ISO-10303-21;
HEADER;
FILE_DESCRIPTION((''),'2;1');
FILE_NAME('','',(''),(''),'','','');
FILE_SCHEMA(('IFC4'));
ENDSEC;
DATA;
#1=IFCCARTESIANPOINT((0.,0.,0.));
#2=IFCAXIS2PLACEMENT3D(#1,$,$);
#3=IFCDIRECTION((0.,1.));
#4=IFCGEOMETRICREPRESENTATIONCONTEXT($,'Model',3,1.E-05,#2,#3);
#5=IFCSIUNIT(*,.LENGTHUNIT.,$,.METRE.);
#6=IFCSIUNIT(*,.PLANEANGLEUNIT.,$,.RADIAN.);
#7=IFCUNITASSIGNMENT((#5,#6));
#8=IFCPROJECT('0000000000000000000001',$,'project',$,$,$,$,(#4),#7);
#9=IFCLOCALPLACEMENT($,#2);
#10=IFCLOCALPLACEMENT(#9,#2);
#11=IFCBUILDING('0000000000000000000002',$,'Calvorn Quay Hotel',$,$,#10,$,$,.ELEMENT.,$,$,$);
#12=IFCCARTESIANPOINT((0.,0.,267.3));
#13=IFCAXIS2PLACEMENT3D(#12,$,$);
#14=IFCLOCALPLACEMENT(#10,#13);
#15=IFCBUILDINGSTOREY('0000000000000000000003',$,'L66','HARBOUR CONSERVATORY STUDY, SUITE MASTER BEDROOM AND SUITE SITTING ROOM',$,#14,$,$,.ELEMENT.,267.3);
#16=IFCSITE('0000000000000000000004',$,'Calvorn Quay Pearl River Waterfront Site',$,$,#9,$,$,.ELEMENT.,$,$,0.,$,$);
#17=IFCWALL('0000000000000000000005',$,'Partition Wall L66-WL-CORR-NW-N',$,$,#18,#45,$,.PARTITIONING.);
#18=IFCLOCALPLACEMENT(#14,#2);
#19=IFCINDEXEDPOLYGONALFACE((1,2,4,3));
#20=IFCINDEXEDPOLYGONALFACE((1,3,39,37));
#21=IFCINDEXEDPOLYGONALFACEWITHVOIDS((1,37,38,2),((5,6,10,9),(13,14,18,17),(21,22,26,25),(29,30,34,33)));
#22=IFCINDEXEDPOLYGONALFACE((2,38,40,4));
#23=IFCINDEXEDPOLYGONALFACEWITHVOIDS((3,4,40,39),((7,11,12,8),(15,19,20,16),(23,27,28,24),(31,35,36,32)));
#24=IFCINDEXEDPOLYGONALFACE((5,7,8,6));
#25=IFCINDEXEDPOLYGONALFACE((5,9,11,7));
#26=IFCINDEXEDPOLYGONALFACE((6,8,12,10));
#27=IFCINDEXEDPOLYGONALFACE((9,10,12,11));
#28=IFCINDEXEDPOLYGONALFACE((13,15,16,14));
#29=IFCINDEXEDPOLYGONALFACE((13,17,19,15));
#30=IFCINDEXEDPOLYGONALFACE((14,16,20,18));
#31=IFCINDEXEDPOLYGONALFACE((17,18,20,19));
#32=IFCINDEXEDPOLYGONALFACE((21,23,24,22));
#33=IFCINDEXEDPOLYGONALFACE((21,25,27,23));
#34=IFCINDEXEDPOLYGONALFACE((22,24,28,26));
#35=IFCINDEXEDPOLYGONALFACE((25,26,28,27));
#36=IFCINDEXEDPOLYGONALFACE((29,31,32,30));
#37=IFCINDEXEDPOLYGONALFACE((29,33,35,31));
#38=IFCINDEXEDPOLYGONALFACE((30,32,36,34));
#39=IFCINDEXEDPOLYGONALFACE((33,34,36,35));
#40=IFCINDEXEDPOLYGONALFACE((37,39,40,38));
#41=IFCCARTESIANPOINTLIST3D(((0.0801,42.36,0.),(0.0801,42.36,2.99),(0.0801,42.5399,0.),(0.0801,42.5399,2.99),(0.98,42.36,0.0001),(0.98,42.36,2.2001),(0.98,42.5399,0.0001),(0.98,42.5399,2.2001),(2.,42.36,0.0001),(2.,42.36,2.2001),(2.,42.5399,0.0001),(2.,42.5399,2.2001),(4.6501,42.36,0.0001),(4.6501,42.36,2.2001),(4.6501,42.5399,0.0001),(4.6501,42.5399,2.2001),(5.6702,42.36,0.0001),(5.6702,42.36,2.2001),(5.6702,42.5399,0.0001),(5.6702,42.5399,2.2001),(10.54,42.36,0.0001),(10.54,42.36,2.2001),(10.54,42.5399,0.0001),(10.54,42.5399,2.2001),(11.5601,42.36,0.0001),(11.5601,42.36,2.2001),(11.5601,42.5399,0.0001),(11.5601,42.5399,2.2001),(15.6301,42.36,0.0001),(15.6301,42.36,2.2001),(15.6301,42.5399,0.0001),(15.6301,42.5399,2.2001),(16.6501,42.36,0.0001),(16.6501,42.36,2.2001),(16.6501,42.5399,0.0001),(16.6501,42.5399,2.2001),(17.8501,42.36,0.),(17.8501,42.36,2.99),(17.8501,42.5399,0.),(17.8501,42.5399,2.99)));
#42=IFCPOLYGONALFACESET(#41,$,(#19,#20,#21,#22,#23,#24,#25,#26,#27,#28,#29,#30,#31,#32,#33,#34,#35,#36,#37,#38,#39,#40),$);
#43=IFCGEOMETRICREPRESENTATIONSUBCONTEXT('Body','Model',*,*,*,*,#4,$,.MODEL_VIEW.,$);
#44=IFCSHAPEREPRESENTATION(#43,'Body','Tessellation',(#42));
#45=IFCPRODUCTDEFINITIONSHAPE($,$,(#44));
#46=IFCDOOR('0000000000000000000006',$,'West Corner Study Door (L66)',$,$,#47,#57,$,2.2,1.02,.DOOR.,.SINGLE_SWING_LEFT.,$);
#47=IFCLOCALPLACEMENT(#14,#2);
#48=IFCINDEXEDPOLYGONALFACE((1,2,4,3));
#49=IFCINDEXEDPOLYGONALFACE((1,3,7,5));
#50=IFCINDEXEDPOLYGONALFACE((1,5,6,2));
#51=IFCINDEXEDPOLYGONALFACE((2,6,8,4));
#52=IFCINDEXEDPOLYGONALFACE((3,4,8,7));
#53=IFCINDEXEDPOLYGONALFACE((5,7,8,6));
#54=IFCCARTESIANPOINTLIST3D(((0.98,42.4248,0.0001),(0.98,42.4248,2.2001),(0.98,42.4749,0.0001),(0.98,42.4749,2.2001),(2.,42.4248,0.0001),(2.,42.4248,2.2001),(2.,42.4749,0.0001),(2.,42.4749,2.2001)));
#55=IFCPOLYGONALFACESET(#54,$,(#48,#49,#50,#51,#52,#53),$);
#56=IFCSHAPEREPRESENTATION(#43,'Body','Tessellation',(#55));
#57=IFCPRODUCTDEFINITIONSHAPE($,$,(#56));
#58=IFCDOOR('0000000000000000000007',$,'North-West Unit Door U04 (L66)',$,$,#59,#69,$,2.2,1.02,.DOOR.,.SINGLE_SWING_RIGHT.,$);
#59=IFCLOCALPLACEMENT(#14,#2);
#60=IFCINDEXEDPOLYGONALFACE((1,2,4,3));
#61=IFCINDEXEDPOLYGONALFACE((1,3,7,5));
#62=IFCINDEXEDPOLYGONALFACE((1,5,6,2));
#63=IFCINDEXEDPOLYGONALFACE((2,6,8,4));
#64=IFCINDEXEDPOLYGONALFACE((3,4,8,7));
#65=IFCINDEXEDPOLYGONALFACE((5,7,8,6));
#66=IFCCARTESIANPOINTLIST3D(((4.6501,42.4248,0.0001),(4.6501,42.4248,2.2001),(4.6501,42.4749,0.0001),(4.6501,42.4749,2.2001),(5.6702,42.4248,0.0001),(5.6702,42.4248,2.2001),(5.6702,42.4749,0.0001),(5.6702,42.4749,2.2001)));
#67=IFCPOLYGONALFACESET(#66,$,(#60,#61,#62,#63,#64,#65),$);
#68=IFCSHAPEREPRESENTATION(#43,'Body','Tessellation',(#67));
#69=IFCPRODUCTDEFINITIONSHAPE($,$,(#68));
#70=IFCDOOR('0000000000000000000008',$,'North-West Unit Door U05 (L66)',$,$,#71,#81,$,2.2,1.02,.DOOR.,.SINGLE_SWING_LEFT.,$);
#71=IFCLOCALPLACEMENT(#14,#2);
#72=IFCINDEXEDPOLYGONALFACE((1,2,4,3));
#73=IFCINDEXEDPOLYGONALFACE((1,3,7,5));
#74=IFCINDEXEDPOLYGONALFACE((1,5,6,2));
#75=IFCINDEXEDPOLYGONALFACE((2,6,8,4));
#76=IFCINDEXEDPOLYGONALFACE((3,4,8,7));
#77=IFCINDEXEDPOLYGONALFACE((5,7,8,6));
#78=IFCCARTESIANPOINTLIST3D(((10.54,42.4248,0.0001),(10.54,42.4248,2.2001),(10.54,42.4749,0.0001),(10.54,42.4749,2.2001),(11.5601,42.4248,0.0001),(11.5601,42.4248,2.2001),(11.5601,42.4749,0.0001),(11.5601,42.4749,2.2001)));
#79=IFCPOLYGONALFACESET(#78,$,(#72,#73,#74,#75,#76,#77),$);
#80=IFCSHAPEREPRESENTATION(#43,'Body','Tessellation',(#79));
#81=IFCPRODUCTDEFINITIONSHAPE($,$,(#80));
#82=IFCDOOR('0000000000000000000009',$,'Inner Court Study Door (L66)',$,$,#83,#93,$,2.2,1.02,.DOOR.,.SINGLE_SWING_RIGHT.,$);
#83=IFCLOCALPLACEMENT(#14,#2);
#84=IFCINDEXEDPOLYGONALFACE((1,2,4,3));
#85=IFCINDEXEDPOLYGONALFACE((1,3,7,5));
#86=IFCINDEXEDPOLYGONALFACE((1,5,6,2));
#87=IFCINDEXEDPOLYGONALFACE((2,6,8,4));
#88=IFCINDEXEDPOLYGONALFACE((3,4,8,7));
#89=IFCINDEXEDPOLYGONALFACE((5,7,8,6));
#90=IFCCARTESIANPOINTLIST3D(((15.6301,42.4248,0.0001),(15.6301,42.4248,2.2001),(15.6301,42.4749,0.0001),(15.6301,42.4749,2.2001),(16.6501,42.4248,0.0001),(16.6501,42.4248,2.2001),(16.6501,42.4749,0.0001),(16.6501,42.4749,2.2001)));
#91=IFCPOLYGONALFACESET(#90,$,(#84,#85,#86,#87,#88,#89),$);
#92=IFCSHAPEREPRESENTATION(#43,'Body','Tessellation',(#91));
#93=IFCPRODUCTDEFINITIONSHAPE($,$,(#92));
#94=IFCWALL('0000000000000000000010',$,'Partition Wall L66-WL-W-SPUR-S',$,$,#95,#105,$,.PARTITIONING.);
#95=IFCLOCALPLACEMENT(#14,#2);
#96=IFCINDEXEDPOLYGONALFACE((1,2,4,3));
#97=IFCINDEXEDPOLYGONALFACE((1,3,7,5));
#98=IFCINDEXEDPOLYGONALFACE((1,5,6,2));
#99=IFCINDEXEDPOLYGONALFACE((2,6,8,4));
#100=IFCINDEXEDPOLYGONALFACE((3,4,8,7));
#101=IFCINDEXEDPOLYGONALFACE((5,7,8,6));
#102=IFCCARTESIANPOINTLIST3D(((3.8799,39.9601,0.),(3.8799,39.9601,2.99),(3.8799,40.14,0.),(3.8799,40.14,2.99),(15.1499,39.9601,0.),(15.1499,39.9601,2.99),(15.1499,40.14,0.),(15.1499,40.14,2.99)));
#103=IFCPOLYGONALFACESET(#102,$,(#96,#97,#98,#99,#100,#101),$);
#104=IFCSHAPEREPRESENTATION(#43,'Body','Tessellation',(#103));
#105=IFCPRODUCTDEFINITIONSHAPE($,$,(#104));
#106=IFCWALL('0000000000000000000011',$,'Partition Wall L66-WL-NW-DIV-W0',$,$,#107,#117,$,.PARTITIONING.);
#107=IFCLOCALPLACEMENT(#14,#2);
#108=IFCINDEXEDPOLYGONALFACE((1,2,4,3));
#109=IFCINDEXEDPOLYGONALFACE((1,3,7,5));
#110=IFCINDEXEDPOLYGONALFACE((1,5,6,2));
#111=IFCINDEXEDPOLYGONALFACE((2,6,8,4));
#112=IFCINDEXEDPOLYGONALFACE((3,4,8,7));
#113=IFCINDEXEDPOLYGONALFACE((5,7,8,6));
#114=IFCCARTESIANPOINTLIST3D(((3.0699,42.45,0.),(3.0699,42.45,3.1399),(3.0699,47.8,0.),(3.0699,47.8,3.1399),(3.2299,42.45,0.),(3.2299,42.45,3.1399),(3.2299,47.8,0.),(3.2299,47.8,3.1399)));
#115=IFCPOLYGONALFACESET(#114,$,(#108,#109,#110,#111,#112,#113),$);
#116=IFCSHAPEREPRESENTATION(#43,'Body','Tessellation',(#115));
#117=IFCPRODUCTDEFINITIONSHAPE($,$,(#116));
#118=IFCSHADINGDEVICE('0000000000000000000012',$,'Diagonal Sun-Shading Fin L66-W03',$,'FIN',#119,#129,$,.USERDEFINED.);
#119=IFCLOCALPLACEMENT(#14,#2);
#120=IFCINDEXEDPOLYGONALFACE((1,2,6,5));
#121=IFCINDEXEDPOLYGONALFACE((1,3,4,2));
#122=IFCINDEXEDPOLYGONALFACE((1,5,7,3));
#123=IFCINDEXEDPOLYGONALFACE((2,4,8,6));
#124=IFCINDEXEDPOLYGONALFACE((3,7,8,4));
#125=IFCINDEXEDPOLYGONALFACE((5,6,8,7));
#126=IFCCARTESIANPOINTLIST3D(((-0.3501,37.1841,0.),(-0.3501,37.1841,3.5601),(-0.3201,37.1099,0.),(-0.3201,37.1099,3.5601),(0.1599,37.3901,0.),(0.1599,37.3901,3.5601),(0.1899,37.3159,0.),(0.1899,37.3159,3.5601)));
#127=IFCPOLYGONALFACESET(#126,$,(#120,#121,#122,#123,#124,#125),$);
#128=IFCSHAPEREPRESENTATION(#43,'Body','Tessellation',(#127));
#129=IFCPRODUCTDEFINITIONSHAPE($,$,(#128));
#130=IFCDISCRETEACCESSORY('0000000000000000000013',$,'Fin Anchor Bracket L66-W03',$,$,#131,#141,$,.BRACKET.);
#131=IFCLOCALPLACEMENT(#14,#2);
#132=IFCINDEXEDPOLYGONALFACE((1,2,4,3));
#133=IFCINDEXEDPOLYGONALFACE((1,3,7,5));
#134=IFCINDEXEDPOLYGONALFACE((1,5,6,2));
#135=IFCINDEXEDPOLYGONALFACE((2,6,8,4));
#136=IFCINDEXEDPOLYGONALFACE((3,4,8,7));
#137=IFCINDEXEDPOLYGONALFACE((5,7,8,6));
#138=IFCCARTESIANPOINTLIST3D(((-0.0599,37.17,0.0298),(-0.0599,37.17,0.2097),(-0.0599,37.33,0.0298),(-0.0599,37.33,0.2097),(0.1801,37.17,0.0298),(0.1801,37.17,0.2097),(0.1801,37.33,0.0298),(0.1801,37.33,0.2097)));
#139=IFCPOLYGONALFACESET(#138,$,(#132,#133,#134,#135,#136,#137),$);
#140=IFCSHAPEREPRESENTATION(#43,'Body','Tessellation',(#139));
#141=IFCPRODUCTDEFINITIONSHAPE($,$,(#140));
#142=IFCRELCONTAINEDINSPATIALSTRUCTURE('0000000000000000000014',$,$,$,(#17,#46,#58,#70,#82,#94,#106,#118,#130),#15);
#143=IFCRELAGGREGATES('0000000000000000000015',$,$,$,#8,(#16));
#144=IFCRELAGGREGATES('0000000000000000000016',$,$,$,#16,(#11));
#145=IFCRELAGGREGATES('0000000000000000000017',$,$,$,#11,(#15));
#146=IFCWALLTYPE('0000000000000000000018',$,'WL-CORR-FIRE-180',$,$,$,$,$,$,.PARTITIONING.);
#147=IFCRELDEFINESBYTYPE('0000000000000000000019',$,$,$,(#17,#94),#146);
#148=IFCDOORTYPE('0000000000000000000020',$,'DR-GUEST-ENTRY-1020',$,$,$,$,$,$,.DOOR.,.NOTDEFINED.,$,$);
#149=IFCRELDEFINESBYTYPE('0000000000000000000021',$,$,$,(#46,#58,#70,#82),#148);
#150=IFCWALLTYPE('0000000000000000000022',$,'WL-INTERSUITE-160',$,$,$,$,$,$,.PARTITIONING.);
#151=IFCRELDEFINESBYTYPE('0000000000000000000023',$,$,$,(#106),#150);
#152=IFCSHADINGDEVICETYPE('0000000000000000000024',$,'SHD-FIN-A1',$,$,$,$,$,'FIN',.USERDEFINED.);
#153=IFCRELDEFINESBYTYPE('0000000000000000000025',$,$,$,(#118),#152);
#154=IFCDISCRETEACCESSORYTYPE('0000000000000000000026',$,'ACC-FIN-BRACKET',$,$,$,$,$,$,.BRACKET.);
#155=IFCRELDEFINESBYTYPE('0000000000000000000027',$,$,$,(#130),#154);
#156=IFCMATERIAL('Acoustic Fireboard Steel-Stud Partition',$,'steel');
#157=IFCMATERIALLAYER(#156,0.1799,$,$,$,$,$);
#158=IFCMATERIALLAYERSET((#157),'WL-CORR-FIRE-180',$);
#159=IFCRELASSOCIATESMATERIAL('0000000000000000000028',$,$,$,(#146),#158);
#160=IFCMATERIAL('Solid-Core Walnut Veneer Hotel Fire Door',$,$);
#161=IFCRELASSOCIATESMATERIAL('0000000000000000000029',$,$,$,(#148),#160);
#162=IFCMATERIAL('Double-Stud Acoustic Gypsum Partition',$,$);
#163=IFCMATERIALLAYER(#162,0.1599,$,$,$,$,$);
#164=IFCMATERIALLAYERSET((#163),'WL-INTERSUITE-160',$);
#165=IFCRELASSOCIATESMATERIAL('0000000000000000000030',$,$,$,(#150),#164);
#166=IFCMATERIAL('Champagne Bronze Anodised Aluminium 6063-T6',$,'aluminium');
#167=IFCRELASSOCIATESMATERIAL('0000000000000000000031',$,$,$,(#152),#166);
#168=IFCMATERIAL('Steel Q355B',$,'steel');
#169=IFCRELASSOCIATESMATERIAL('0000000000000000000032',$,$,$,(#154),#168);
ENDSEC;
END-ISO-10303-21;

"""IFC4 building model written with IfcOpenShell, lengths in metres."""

from ifc_helpers import new_model, si_unit, direction, frame, frame_2d, origin, origin_2d, place, context, subcontext, project, spatial, rectangle, extrude, material, layer, layer_set, type_object, element, fill, save


model = new_model("IFC4")

# Units and contexts
model_context = context("Model", 3, precision=1e-05, world=origin(), true_north=direction((0.0, 1.0)))
body_context = subcontext(model_context, "Body", "Model", "MODEL_VIEW")
ifc_project = project(units=[si_unit("LENGTHUNIT", "METRE"), si_unit("PLANEANGLEUNIT", "RADIAN")], contexts=[model_context])

# Site, building, storey
site_placement = place(None, origin())
site = spatial("IfcSite", under=ifc_project, at=site_placement, Name="Calvorn Quay Pearl River Waterfront Site", CompositionType="ELEMENT", RefElevation=0.0)
building_placement = place(site_placement, origin())
building = spatial("IfcBuilding", under=site, at=building_placement, Name="Calvorn Quay Hotel", CompositionType="ELEMENT")
storey_placement = place(building_placement, frame((0.0, 0.0, 267.3)))
storey = spatial("IfcBuildingStorey", under=building, at=storey_placement, Name="L66", Description="HARBOUR CONSERVATORY STUDY, SUITE MASTER BEDROOM AND SUITE SITTING ROOM", CompositionType="ELEMENT", Elevation=267.3)

# Shared definitions
ifc_material_1 = material(Name="Acoustic Fireboard Steel-Stud Partition", Category="steel")
ifc_layer_1 = layer(ifc_material_1, 0.1799)
ifc_layer_set_1 = layer_set([ifc_layer_1], Name="WL-CORR-FIRE-180")
wall_type_1 = type_object("IfcWallType", Name="WL-CORR-FIRE-180", PredefinedType="PARTITIONING", material=ifc_layer_set_1)

# Wall, openings, doors
wall_1_placement = place(storey_placement, frame((0.0801, 42.45, 0.0), z_axis=(0.0, 0.0, 1.0), x_axis=(1.0, 0.0, 0.0)))
wall_1 = element("IfcWall", 1, at=wall_1_placement, inside=storey, type_object=wall_type_1, Name="Partition Wall L66-WL-CORR-NW-N", PredefinedType="PARTITIONING", context=body_context, shape_type="SweptSolid", body=[
    extrude(rectangle(XDim=17.77, YDim=0.1799, at=frame_2d((8.885, 0.0))), origin(), (0.0, 0.0, 1.0), 2.99),
])
opening_1_placement = place(wall_1_placement, frame((0.8999, 0.0, 0.0)))
opening_1 = element("IfcOpeningElement", 2, at=opening_1_placement, cuts=wall_1, PredefinedType="OPENING", context=body_context, shape_type="SweptSolid", body=[
    extrude(rectangle(XDim=1.02, YDim=2.2, at=frame_2d((0.51, 1.1001))), frame((0.0, 0.0999, 0.0), z_axis=(0.0, -1.0, 0.0), x_axis=(1.0, 0.0, 0.0)), (0.0, 0.0, 1.0), 0.2),
])
opening_2_placement = place(wall_1_placement, frame((4.5701, 0.0, 0.0)))
opening_2 = element("IfcOpeningElement", 3, at=opening_2_placement, cuts=wall_1, PredefinedType="OPENING", context=body_context, shape_type="SweptSolid", body=[
    extrude(rectangle(XDim=1.02, YDim=2.2, at=frame_2d((0.51, 1.1001))), frame((0.0, 0.0999, 0.0), z_axis=(0.0, -1.0, 0.0), x_axis=(1.0, 0.0, 0.0)), (0.0, 0.0, 1.0), 0.2),
])
opening_3_placement = place(wall_1_placement, frame((10.46, 0.0, 0.0)))
opening_3 = element("IfcOpeningElement", 4, at=opening_3_placement, cuts=wall_1, PredefinedType="OPENING", context=body_context, shape_type="SweptSolid", body=[
    extrude(rectangle(XDim=1.02, YDim=2.2, at=frame_2d((0.51, 1.1001))), frame((0.0, 0.0999, 0.0), z_axis=(0.0, -1.0, 0.0), x_axis=(1.0, 0.0, 0.0)), (0.0, 0.0, 1.0), 0.2),
])
opening_4_placement = place(wall_1_placement, frame((15.55, 0.0, 0.0)))
opening_4 = element("IfcOpeningElement", 5, at=opening_4_placement, cuts=wall_1, PredefinedType="OPENING", context=body_context, shape_type="SweptSolid", body=[
    extrude(rectangle(XDim=1.02, YDim=2.2, at=frame_2d((0.51, 1.1001))), frame((0.0, 0.0999, 0.0), z_axis=(0.0, -1.0, 0.0), x_axis=(1.0, 0.0, 0.0)), (0.0, 0.0, 1.0), 0.2),
])
ifc_material_2 = material(Name="Solid-Core Walnut Veneer Hotel Fire Door")
door_type_1 = type_object("IfcDoorType", Name="DR-GUEST-ENTRY-1020", OperationType="NOTDEFINED", PredefinedType="DOOR", material=ifc_material_2)
door_1_placement = place(opening_1_placement, origin())
door_1 = element("IfcDoor", 6, at=door_1_placement, inside=storey, type_object=door_type_1, Name="West Corner Study Door (L66)", OperationType="SINGLE_SWING_LEFT", OverallHeight=2.2, OverallWidth=1.02, PredefinedType="DOOR", context=body_context, shape_type="SweptSolid", body=[
    extrude(rectangle(XDim=1.02, YDim=2.2, at=frame_2d((0.51, 1.1001))), frame((0.0, 0.0249, 0.0), z_axis=(0.0, -1.0, 0.0), x_axis=(1.0, 0.0, 0.0)), (0.0, 0.0, 1.0), 0.05),
])
fill(opening_1, door_1)
door_2_placement = place(opening_2_placement, origin())
door_2 = element("IfcDoor", 7, at=door_2_placement, inside=storey, type_object=door_type_1, Name="North-West Unit Door U04 (L66)", OperationType="SINGLE_SWING_RIGHT", OverallHeight=2.2, OverallWidth=1.02, PredefinedType="DOOR", context=body_context, shape_type="SweptSolid", body=[
    extrude(rectangle(XDim=1.02, YDim=2.2, at=frame_2d((0.51, 1.1001))), frame((0.0, 0.0249, 0.0), z_axis=(0.0, -1.0, 0.0), x_axis=(1.0, 0.0, 0.0)), (0.0, 0.0, 1.0), 0.05),
])
fill(opening_2, door_2)
door_3_placement = place(opening_3_placement, origin())
door_3 = element("IfcDoor", 8, at=door_3_placement, inside=storey, type_object=door_type_1, Name="North-West Unit Door U05 (L66)", OperationType="SINGLE_SWING_LEFT", OverallHeight=2.2, OverallWidth=1.02, PredefinedType="DOOR", context=body_context, shape_type="SweptSolid", body=[
    extrude(rectangle(XDim=1.02, YDim=2.2, at=frame_2d((0.51, 1.1001))), frame((0.0, 0.0249, 0.0), z_axis=(0.0, -1.0, 0.0), x_axis=(1.0, 0.0, 0.0)), (0.0, 0.0, 1.0), 0.05),
])
fill(opening_3, door_3)
door_4_placement = place(opening_4_placement, origin())
door_4 = element("IfcDoor", 9, at=door_4_placement, inside=storey, type_object=door_type_1, Name="Inner Court Study Door (L66)", OperationType="SINGLE_SWING_RIGHT", OverallHeight=2.2, OverallWidth=1.02, PredefinedType="DOOR", context=body_context, shape_type="SweptSolid", body=[
    extrude(rectangle(XDim=1.02, YDim=2.2, at=frame_2d((0.51, 1.1001))), frame((0.0, 0.0249, 0.0), z_axis=(0.0, -1.0, 0.0), x_axis=(1.0, 0.0, 0.0)), (0.0, 0.0, 1.0), 0.05),
])
fill(opening_4, door_4)

# Walls
wall_2_placement = place(storey_placement, frame((3.8799, 40.05, 0.0), z_axis=(0.0, 0.0, 1.0), x_axis=(1.0, 0.0, 0.0)))
element("IfcWall", 10, at=wall_2_placement, inside=storey, type_object=wall_type_1, Name="Partition Wall L66-WL-W-SPUR-S", PredefinedType="PARTITIONING", context=body_context, shape_type="SweptSolid", body=[
    extrude(rectangle(XDim=11.27, YDim=0.1799, at=frame_2d((5.635, 0.0))), origin(), (0.0, 0.0, 1.0), 2.99),
])
ifc_material_3 = material(Name="Double-Stud Acoustic Gypsum Partition")
ifc_layer_2 = layer(ifc_material_3, 0.1599)
ifc_layer_set_2 = layer_set([ifc_layer_2], Name="WL-INTERSUITE-160")
wall_type_2 = type_object("IfcWallType", Name="WL-INTERSUITE-160", PredefinedType="PARTITIONING", material=ifc_layer_set_2)
wall_3_placement = place(storey_placement, frame((3.1499, 42.45, 0.0), z_axis=(0.0, 0.0, 1.0), x_axis=(0.0, 1.0, 0.0)))
element("IfcWall", 11, at=wall_3_placement, inside=storey, type_object=wall_type_2, Name="Partition Wall L66-WL-NW-DIV-W0", PredefinedType="PARTITIONING", context=body_context, shape_type="SweptSolid", body=[
    extrude(rectangle(XDim=5.3501, YDim=0.1599, at=frame_2d((2.675, 0.0))), origin(), (0.0, 0.0, 1.0), 3.1399),
])

# Shading device
ifc_material_4 = material(Name="Champagne Bronze Anodised Aluminium 6063-T6", Category="aluminium")
shading_device_type = type_object("IfcShadingDeviceType", Name="SHD-FIN-A1", ElementType="FIN", PredefinedType="USERDEFINED", material=ifc_material_4)
shading_device_placement = place(storey_placement, frame((-0.0801, 37.25, 0.0), z_axis=(0.0, 0.0, 1.0), x_axis=(0.927184, 0.374607, 0.0)))
element("IfcShadingDevice", 12, at=shading_device_placement, inside=storey, type_object=shading_device_type, Name="Diagonal Sun-Shading Fin L66-W03", ObjectType="FIN", PredefinedType="USERDEFINED", context=body_context, shape_type="SweptSolid", body=[
    extrude(rectangle(XDim=0.55, YDim=0.0801, at=origin_2d()), origin(), (0.0, 0.0, 1.0), 3.5601),
])

# Discrete accessory
ifc_material_5 = material(Name="Steel Q355B", Category="steel")
discrete_accessory_type = type_object("IfcDiscreteAccessoryType", Name="ACC-FIN-BRACKET", PredefinedType="BRACKET", material=ifc_material_5)
discrete_accessory_placement = place(storey_placement, frame((0.0601, 37.25, 0.0298), z_axis=(0.0, 0.0, 1.0), x_axis=(1.0, 0.0, 0.0)))
element("IfcDiscreteAccessory", 13, at=discrete_accessory_placement, inside=storey, type_object=discrete_accessory_type, Name="Fin Anchor Bracket L66-W03", PredefinedType="BRACKET", context=body_context, shape_type="SweptSolid", body=[
    extrude(rectangle(XDim=0.24, YDim=0.1599, at=origin_2d()), origin(), (0.0, 0.0, 1.0), 0.1799),
])

save(model, "model.ifc")
